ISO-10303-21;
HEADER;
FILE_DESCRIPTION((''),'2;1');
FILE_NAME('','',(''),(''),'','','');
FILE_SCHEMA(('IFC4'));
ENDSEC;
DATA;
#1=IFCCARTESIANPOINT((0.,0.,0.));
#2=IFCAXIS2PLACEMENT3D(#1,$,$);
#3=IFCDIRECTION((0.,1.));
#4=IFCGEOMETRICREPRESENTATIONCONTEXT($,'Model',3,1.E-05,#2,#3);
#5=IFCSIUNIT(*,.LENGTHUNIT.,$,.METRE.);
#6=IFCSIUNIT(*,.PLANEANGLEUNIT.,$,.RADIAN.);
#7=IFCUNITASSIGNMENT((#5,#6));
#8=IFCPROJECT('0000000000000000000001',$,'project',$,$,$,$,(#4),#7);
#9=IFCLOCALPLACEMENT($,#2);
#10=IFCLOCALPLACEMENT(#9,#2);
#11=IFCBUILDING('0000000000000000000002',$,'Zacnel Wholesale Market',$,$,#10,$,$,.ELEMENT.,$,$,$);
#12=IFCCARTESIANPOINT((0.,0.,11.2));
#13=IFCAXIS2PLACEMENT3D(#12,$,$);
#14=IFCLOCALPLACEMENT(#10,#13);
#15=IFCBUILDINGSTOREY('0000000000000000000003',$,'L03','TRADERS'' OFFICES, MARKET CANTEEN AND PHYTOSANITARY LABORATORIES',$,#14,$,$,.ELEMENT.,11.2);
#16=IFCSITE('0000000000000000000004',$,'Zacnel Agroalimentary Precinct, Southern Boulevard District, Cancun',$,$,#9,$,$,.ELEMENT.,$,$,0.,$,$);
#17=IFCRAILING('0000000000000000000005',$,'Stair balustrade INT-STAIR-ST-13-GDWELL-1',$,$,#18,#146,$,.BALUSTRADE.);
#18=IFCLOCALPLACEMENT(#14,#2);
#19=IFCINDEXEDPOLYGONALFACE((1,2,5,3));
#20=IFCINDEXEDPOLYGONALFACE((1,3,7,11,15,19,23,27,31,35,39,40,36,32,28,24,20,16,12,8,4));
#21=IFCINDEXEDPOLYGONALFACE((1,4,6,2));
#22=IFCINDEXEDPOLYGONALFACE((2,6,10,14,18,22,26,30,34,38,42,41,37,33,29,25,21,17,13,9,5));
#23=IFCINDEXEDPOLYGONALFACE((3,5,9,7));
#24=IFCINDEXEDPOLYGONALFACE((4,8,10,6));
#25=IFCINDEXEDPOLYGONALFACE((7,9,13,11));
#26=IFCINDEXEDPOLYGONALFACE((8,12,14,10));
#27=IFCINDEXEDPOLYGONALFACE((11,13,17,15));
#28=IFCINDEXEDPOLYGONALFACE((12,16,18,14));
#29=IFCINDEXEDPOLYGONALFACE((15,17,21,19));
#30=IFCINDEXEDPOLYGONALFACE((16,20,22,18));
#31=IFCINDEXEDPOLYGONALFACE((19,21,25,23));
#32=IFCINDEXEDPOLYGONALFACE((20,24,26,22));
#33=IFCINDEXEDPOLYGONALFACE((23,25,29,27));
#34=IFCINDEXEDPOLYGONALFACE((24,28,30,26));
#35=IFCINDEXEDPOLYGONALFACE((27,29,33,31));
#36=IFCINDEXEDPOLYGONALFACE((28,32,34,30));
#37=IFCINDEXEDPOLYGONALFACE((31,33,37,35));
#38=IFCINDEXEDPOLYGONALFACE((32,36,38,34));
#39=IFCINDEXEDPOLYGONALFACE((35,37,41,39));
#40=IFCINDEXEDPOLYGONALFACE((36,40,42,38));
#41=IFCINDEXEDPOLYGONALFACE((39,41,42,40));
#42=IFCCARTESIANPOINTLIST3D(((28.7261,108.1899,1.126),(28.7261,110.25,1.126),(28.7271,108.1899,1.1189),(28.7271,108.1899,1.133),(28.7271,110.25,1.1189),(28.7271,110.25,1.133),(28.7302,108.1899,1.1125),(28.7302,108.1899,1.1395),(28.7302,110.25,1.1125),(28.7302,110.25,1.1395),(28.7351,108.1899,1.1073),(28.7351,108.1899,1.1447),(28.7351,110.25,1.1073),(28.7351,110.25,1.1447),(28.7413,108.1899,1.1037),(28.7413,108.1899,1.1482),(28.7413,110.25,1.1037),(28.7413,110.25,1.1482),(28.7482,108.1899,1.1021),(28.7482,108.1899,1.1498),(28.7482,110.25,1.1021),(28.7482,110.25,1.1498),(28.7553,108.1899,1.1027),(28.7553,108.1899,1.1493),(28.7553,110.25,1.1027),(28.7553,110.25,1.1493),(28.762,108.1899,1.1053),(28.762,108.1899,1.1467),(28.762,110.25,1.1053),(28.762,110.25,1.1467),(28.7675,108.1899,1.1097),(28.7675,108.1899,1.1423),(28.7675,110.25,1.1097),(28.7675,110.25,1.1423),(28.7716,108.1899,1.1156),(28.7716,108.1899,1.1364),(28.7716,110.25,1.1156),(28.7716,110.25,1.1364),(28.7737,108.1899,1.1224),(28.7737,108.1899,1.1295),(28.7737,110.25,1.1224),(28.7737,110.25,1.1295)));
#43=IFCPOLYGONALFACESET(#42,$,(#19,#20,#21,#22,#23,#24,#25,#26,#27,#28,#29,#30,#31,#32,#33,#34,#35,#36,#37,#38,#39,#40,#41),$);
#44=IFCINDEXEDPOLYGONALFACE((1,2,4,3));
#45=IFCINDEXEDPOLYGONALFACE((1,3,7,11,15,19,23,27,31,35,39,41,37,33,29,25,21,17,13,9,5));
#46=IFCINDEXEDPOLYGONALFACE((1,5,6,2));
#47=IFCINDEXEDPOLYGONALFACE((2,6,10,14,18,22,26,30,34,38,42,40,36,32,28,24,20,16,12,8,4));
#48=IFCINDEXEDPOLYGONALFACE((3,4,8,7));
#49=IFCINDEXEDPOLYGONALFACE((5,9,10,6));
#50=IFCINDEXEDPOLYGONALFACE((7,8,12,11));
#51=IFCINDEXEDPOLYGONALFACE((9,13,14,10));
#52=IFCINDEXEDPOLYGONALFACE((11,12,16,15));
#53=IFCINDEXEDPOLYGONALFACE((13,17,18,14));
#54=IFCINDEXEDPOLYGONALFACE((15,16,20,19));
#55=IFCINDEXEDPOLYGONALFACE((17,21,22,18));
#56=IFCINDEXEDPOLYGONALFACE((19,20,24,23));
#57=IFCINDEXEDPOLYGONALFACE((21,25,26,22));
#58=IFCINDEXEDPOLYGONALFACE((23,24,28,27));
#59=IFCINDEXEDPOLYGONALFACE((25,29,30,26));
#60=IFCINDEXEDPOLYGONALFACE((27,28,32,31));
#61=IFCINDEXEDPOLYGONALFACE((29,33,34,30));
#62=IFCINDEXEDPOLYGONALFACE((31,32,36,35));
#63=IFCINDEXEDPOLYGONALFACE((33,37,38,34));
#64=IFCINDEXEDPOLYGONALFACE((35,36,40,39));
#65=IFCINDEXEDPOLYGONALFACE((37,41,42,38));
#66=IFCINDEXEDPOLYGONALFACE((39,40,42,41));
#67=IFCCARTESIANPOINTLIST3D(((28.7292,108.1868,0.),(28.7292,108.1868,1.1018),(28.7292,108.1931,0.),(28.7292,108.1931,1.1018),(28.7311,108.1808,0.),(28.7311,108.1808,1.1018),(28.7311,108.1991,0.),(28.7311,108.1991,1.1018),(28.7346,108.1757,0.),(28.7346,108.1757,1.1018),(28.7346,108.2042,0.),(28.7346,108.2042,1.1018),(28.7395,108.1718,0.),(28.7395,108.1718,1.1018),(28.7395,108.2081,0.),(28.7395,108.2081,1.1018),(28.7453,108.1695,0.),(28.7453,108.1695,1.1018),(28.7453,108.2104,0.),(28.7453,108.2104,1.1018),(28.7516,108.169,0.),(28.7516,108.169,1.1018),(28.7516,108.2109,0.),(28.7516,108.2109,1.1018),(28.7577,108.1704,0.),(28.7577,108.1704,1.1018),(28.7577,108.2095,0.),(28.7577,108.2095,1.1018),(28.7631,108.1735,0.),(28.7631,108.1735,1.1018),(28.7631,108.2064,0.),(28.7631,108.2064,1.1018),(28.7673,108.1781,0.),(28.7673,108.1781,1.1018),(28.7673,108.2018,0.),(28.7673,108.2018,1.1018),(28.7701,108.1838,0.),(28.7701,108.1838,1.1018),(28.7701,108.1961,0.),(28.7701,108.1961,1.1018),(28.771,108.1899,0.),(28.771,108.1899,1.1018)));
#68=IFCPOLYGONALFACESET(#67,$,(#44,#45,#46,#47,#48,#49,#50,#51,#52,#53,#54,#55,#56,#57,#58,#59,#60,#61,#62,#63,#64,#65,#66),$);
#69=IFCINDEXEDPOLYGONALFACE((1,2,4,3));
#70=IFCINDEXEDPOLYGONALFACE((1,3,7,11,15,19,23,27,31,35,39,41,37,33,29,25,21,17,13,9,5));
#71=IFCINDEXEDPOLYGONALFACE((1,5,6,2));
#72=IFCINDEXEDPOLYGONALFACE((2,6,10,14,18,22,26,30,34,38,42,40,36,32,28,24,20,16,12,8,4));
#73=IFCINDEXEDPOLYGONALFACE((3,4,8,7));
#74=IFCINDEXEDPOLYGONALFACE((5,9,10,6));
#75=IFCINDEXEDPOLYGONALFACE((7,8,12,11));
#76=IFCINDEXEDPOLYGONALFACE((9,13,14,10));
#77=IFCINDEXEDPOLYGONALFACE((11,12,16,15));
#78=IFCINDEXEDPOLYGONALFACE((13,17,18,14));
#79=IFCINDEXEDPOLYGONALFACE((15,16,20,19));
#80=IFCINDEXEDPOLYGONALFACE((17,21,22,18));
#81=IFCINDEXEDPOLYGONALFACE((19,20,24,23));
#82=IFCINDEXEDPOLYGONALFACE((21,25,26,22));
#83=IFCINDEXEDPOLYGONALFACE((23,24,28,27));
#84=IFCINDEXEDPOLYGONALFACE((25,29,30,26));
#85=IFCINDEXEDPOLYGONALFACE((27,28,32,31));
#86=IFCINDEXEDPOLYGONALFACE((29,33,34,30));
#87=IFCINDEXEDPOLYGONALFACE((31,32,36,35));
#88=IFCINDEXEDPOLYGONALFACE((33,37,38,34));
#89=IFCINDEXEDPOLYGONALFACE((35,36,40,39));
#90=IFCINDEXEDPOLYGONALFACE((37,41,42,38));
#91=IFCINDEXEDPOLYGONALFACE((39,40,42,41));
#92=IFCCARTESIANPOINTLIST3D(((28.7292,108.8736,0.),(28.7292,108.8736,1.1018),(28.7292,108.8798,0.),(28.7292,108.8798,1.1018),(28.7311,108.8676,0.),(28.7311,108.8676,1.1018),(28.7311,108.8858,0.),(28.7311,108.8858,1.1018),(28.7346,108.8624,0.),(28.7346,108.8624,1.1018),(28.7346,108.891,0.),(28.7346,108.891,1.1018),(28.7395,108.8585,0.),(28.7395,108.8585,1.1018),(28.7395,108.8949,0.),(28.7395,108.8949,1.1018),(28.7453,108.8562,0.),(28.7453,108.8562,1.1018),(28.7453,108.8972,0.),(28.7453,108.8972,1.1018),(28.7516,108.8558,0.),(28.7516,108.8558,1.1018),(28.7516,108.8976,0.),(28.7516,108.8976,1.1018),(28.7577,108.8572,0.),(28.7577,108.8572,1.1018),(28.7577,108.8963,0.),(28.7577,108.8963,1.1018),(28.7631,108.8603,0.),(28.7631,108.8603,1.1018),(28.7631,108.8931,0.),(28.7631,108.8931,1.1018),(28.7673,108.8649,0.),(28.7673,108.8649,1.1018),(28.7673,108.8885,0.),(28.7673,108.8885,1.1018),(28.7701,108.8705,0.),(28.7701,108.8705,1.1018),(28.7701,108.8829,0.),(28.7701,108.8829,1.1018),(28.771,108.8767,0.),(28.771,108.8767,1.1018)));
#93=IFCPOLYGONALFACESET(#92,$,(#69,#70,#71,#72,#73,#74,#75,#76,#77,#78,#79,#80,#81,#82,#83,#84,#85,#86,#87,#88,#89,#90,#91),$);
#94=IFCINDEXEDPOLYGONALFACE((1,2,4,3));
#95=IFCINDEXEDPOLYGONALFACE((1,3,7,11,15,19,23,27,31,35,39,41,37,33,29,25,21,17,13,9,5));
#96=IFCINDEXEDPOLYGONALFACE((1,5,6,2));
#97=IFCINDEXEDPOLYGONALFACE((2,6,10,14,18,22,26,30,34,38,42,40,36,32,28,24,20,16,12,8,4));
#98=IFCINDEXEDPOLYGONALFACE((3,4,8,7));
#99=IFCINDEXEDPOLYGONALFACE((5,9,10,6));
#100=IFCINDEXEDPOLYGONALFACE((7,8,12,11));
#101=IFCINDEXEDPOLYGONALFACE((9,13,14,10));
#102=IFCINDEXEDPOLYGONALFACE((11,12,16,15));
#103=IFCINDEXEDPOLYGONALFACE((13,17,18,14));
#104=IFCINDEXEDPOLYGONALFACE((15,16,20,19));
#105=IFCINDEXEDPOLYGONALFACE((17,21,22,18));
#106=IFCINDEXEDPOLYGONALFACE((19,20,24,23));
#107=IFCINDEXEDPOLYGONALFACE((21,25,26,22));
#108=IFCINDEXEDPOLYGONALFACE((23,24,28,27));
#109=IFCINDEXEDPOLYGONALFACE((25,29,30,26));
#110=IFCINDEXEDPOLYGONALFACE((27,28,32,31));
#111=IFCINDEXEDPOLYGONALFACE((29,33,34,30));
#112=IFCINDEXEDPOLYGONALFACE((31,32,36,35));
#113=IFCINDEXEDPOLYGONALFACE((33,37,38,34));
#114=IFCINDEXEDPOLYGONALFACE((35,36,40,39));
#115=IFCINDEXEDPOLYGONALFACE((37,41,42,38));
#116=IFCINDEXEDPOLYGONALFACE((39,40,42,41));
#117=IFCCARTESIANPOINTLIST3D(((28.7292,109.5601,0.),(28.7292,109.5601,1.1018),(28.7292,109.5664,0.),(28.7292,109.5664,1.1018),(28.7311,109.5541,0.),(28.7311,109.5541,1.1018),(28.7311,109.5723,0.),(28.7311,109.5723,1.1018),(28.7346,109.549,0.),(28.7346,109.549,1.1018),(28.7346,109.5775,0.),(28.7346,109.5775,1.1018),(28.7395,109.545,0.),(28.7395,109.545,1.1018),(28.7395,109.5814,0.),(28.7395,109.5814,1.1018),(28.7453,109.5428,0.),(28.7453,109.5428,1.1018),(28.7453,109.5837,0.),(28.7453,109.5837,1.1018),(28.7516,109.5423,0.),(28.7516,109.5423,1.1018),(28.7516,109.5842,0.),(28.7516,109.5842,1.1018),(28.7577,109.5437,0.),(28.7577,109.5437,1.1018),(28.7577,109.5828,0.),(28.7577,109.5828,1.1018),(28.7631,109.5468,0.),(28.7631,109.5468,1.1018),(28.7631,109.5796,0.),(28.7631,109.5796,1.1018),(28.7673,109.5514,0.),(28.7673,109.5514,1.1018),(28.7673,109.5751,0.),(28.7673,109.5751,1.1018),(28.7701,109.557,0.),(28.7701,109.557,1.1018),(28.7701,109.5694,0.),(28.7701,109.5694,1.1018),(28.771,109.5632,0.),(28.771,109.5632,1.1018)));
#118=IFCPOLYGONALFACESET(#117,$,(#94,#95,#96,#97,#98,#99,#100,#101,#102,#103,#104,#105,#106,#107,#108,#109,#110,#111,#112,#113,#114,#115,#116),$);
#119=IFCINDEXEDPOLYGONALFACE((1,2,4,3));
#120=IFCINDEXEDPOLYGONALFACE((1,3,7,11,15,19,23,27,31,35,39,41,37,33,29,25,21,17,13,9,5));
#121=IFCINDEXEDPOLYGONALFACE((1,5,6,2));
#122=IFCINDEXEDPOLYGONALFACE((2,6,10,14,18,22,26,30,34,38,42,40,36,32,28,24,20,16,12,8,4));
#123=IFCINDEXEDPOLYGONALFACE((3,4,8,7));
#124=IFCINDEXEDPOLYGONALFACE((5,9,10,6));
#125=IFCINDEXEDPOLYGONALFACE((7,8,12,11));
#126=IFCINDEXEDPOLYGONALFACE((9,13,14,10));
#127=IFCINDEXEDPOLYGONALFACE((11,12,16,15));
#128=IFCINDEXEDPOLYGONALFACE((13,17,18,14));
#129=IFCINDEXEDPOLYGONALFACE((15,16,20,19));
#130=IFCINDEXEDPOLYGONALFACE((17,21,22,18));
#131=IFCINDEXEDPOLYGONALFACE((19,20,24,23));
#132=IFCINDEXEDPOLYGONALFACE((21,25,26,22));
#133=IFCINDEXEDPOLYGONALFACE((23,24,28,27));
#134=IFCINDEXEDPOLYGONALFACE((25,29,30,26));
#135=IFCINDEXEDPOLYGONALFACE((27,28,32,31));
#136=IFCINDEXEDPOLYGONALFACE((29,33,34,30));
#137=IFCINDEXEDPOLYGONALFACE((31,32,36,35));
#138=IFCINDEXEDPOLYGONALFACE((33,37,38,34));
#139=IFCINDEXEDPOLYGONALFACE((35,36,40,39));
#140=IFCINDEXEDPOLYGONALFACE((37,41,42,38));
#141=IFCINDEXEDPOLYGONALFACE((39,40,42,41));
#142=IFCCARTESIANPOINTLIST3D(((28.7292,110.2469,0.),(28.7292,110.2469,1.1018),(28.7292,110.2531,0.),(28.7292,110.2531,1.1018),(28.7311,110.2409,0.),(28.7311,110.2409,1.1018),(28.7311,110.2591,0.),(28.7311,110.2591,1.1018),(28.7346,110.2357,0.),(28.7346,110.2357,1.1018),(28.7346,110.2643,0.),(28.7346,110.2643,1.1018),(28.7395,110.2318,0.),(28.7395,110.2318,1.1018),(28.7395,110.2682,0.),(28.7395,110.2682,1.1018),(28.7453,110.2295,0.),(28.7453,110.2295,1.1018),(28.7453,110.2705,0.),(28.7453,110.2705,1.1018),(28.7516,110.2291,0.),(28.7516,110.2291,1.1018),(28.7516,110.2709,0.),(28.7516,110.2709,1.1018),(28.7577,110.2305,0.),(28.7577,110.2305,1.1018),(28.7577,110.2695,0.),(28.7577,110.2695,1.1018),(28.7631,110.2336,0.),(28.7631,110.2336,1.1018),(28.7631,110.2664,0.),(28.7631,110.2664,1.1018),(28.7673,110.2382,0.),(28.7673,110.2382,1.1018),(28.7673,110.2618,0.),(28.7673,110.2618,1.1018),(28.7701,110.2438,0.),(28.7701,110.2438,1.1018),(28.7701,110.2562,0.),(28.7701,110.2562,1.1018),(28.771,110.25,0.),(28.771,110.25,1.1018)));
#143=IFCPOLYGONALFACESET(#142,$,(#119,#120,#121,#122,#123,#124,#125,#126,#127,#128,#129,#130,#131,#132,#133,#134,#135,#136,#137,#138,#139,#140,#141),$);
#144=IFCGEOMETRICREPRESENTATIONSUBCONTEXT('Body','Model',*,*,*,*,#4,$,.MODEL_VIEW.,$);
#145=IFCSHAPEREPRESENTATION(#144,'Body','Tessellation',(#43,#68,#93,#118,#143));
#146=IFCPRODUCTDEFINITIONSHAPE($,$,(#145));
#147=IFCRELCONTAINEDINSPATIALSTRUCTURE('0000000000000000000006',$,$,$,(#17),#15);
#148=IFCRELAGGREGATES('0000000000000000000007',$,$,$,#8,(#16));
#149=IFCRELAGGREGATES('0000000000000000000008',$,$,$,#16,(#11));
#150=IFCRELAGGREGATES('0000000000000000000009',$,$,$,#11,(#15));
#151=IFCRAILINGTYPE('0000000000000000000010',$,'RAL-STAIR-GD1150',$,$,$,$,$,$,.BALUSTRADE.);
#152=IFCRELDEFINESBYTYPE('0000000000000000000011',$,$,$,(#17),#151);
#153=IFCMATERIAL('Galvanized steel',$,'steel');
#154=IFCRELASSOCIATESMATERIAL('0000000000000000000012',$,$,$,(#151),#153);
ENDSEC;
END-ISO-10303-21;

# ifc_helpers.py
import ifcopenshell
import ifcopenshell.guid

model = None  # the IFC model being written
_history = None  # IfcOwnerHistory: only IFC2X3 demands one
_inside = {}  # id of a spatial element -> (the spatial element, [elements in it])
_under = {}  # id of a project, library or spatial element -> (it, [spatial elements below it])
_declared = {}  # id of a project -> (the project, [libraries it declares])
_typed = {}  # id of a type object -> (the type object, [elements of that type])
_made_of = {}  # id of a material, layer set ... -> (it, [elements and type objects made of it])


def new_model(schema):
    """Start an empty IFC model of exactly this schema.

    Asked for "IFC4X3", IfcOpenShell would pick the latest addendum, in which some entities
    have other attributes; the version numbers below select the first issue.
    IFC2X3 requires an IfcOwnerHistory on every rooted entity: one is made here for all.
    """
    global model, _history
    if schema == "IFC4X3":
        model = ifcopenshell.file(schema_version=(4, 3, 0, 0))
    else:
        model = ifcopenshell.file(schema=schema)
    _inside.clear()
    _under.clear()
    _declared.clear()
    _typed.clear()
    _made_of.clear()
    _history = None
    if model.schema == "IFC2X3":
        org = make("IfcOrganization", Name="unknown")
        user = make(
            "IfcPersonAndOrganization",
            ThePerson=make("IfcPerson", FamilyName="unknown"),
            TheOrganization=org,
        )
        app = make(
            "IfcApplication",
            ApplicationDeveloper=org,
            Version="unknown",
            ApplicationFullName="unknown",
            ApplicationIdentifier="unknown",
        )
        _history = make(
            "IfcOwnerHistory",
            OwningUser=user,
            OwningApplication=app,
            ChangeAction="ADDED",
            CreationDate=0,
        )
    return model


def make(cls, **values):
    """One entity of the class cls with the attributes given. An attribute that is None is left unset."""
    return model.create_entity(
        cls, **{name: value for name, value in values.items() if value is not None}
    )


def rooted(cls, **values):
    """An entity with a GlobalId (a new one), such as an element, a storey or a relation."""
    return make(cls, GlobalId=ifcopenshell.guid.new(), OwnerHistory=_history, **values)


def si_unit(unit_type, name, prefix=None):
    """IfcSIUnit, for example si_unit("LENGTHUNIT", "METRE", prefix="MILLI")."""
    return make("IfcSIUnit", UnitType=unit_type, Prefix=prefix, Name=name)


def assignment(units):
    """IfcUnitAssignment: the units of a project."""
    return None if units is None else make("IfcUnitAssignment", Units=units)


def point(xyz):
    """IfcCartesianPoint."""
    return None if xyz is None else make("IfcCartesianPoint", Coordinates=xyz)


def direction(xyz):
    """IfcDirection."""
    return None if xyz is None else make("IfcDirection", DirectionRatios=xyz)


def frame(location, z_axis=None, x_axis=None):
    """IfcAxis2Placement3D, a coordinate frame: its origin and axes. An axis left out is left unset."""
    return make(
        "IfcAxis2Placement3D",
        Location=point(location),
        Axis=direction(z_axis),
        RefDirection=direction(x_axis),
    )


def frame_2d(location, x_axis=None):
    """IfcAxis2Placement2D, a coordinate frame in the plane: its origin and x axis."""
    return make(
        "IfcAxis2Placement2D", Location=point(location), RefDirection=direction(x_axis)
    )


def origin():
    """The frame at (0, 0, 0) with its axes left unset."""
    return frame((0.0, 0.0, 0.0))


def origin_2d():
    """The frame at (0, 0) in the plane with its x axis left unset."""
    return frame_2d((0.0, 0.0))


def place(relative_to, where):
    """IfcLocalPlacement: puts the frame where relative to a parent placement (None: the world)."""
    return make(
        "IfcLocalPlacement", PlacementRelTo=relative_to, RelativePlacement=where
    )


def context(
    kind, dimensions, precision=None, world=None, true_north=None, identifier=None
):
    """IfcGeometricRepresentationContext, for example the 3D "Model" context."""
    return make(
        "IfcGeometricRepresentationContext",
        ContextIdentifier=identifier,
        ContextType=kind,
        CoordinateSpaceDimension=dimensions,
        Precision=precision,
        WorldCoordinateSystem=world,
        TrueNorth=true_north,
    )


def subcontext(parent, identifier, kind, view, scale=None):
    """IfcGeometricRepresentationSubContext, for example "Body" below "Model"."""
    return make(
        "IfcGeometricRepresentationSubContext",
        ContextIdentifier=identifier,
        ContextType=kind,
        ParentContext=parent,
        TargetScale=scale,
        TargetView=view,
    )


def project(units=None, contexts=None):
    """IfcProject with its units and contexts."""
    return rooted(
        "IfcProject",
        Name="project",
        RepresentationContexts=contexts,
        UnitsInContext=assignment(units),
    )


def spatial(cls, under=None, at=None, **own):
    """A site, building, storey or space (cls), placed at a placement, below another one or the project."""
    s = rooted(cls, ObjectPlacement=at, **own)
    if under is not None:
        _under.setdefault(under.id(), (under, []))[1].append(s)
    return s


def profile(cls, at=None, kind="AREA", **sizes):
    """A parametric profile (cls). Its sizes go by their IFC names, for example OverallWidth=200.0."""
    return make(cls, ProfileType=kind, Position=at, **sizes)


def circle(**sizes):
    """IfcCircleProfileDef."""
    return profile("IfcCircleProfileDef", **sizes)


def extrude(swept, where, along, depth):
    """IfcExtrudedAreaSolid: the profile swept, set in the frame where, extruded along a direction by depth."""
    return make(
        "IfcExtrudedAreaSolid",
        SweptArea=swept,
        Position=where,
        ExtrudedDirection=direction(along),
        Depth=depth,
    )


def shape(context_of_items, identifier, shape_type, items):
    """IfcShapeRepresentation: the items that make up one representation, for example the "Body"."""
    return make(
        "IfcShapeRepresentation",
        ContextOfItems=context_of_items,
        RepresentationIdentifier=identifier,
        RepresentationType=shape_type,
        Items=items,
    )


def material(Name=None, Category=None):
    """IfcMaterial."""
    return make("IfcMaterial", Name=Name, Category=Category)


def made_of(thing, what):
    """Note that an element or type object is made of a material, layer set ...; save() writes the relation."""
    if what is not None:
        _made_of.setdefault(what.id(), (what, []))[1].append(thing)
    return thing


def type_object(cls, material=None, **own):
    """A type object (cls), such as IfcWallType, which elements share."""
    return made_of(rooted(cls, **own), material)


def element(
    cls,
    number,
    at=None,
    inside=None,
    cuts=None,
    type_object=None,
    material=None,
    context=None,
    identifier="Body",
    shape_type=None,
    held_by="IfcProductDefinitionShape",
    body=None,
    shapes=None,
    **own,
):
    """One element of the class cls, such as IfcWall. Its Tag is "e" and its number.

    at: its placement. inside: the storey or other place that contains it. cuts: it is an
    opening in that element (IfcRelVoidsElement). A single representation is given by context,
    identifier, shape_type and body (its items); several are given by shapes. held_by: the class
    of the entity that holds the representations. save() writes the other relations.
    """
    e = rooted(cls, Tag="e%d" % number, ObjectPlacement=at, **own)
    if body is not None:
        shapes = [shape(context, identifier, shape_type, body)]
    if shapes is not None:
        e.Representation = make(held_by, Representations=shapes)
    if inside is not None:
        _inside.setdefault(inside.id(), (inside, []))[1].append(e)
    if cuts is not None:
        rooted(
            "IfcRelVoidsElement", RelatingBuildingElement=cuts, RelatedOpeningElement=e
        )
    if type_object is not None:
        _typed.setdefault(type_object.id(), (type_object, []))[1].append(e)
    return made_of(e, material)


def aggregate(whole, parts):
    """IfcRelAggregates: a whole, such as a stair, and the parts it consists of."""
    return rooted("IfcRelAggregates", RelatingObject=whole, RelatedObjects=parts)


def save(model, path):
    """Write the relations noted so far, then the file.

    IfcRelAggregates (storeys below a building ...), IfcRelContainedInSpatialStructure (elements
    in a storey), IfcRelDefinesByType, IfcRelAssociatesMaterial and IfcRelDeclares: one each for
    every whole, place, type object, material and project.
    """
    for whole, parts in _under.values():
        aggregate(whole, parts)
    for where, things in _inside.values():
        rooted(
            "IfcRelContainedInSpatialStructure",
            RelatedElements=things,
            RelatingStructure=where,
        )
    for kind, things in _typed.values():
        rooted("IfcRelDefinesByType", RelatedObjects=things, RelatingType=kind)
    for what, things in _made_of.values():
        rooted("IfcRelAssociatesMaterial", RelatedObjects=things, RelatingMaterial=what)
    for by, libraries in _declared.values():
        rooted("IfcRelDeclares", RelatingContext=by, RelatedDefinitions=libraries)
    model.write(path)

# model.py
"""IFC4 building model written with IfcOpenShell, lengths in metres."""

from ifc_helpers import new_model, si_unit, direction, frame, origin, origin_2d, place, context, subcontext, project, spatial, circle, extrude, material, type_object, element, save


model = new_model("IFC4")

# Units and contexts
model_context = context("Model", 3, precision=1e-05, world=origin(), true_north=direction((0.0, 1.0)))
body_context = subcontext(model_context, "Body", "Model", "MODEL_VIEW")
ifc_project = project(units=[si_unit("LENGTHUNIT", "METRE"), si_unit("PLANEANGLEUNIT", "RADIAN")], contexts=[model_context])

# Site, building, storey
site_placement = place(None, origin())
site = spatial("IfcSite", under=ifc_project, at=site_placement, Name="Zacnel Agroalimentary Precinct, Southern Boulevard District, Cancun", CompositionType="ELEMENT", RefElevation=0.0)
building_placement = place(site_placement, origin())
building = spatial("IfcBuilding", under=site, at=building_placement, Name="Zacnel Wholesale Market", CompositionType="ELEMENT")
storey_placement = place(building_placement, frame((0.0, 0.0, 11.2)))
storey = spatial("IfcBuildingStorey", under=building, at=storey_placement, Name="L03", Description="TRADERS' OFFICES, MARKET CANTEEN AND PHYTOSANITARY LABORATORIES", CompositionType="ELEMENT", Elevation=11.2)

# Railing
ifc_material_1 = material(Name="Galvanized steel", Category="steel")
railing_type_1 = type_object("IfcRailingType", Name="RAL-STAIR-GD1150", PredefinedType="BALUSTRADE", material=ifc_material_1)
railing_1_placement = place(storey_placement, frame((28.75, 108.1899, 0.0)))
element("IfcRailing", 1, at=railing_1_placement, inside=storey, type_object=railing_type_1, Name="Stair balustrade INT-STAIR-ST-13-GDWELL-1", PredefinedType="BALUSTRADE", context=body_context, shape_type="SweptSolid", body=[
    extrude(circle(Radius=0.0239, at=origin_2d()), frame((0.0, 0.0, 1.126), z_axis=(0.0, 1.0, 0.0), x_axis=(-1.0, 0.0, 0.0)), (0.0, 0.0, 1.0), 2.0601),
    extrude(circle(Radius=0.021, at=origin_2d()), origin(), (0.0, 0.0, 1.0), 1.1018),
    extrude(circle(Radius=0.021, at=origin_2d()), frame((0.0, 0.6868, 0.0)), (0.0, 0.0, 1.0), 1.1018),
    extrude(circle(Radius=0.021, at=origin_2d()), frame((0.0, 1.3733, 0.0)), (0.0, 0.0, 1.0), 1.1018),
    extrude(circle(Radius=0.021, at=origin_2d()), frame((0.0, 2.0601, 0.0)), (0.0, 0.0, 1.0), 1.1018),
])

save(model, "model.ifc")
